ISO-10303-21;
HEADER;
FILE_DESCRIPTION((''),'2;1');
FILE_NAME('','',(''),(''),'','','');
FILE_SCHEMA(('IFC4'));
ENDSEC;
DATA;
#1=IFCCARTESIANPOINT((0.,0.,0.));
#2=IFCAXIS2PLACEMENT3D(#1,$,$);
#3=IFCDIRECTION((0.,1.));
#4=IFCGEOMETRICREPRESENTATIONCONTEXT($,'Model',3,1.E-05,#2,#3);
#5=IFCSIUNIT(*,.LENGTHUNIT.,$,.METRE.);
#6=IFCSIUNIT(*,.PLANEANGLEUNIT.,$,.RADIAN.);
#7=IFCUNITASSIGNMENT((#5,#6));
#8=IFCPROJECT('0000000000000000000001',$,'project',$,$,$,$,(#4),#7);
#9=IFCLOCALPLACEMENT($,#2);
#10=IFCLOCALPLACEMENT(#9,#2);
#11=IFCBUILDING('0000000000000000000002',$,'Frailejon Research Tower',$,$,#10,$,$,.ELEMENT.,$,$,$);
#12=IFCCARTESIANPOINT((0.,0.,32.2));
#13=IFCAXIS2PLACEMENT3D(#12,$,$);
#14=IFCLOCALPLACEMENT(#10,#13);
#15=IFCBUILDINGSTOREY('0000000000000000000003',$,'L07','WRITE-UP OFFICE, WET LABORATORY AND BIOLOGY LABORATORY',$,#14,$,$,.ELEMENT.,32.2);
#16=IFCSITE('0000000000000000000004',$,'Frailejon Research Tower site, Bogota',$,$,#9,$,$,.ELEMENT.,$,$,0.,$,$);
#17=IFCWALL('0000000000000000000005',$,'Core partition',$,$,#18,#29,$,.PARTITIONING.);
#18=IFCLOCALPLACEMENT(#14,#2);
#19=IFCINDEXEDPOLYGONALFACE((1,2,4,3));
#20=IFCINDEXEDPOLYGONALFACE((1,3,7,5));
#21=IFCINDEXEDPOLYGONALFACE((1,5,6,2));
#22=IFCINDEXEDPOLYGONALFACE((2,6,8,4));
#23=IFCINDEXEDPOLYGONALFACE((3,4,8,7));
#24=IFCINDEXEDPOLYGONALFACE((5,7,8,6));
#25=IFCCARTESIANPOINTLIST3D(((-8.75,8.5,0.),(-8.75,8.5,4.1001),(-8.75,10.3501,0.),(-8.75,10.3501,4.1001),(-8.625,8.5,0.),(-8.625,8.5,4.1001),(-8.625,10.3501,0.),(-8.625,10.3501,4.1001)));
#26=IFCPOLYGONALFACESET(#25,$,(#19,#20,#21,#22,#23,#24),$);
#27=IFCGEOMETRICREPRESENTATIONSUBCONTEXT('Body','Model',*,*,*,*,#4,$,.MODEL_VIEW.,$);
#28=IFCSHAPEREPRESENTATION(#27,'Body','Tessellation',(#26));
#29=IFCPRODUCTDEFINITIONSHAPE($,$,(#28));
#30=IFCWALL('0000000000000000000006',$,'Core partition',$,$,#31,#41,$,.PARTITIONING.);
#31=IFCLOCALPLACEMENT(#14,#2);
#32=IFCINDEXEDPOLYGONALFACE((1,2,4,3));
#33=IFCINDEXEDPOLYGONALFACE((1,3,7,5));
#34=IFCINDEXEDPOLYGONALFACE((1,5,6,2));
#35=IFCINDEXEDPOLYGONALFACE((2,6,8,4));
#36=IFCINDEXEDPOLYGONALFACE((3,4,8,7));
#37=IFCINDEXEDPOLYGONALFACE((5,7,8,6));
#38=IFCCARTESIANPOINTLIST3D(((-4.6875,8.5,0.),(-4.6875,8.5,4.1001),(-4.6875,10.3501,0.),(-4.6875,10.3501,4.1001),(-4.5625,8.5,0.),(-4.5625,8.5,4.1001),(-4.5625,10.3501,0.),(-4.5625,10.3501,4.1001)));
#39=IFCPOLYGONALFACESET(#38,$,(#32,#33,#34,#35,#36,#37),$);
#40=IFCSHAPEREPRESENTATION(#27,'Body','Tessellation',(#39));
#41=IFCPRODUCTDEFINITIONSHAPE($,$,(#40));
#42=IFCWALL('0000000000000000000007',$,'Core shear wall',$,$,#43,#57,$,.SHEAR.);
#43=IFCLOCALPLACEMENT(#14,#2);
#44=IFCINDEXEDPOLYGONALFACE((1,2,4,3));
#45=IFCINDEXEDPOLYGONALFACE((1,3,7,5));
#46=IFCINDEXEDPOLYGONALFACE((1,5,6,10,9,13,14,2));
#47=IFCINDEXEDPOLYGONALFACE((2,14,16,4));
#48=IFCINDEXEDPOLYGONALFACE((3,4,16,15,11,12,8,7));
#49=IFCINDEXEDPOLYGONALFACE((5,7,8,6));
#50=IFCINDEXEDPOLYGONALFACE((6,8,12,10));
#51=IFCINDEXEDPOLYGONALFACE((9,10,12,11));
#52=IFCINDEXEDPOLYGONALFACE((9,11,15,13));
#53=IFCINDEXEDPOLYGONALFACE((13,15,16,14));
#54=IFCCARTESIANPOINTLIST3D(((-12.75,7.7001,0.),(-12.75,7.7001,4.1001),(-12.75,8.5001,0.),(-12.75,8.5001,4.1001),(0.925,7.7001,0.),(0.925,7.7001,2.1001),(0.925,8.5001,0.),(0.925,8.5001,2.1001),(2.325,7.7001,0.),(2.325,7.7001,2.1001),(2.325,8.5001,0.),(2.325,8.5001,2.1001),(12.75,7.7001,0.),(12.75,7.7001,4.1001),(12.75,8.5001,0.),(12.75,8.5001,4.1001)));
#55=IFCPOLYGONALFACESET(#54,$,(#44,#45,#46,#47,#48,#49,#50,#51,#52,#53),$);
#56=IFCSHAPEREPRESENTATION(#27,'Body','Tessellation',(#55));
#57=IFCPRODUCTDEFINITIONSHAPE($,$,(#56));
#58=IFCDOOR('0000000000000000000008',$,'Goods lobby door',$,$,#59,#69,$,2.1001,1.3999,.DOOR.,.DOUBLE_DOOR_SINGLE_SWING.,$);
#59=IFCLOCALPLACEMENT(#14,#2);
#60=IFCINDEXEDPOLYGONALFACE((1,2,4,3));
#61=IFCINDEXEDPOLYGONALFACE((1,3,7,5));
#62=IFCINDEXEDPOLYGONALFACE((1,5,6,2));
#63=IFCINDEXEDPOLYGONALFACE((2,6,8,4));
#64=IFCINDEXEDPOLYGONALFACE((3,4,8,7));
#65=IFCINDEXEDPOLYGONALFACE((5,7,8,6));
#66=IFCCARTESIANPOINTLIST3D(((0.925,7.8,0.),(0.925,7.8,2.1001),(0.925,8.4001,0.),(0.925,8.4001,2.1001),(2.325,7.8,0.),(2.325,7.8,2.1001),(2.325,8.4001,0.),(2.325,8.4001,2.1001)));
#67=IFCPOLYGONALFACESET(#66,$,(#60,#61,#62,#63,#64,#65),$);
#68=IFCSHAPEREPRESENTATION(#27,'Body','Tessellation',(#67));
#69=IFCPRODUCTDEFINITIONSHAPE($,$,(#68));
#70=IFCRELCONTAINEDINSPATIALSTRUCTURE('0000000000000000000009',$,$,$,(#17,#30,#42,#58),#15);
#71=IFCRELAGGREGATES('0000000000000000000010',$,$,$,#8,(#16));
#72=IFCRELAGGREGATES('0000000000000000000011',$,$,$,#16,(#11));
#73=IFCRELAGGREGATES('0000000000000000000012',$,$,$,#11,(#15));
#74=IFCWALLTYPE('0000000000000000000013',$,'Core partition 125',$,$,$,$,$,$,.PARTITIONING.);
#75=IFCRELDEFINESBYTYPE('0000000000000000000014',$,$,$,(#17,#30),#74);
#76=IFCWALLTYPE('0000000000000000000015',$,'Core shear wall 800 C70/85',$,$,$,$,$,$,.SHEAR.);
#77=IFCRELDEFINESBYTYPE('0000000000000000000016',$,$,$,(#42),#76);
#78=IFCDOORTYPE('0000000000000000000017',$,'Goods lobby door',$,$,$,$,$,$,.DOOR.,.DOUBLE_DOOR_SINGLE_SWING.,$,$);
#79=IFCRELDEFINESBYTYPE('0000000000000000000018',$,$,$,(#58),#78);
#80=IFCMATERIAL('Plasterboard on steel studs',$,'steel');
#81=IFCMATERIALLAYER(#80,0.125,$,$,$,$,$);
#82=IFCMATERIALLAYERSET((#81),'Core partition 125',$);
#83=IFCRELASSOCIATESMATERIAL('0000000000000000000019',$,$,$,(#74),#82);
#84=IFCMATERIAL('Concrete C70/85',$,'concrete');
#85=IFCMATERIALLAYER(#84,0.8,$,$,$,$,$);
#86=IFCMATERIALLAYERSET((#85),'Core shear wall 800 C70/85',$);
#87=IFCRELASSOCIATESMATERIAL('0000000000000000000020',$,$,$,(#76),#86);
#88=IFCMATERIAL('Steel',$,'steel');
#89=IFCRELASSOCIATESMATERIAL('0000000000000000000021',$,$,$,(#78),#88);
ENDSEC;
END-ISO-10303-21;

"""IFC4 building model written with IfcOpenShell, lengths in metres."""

from ifc_helpers import new_model, si_unit, direction, frame, frame_2d, origin, place, context, subcontext, project, spatial, rectangle, extrude, material, layer, layer_set, type_object, element, fill, save


model = new_model("IFC4")

# Units and contexts
model_context = context("Model", 3, precision=1e-05, world=origin(), true_north=direction((0.0, 1.0)))
body_context = subcontext(model_context, "Body", "Model", "MODEL_VIEW")
ifc_project = project(units=[si_unit("LENGTHUNIT", "METRE"), si_unit("PLANEANGLEUNIT", "RADIAN")], contexts=[model_context])

# Site, building, storey
site_placement = place(None, origin())
site = spatial("IfcSite", under=ifc_project, at=site_placement, Name="Frailejon Research Tower site, Bogota", CompositionType="ELEMENT", RefElevation=0.0)
building_placement = place(site_placement, origin())
building = spatial("IfcBuilding", under=site, at=building_placement, Name="Frailejon Research Tower", CompositionType="ELEMENT")
storey_placement = place(building_placement, frame((0.0, 0.0, 32.2)))
storey = spatial("IfcBuildingStorey", under=building, at=storey_placement, Name="L07", Description="WRITE-UP OFFICE, WET LABORATORY AND BIOLOGY LABORATORY", CompositionType="ELEMENT", Elevation=32.2)

# Walls
ifc_material_1 = material(Name="Plasterboard on steel studs", Category="steel")
ifc_layer_1 = layer(ifc_material_1, 0.125)
ifc_layer_set_1 = layer_set([ifc_layer_1], Name="Core partition 125")
wall_type_1 = type_object("IfcWallType", Name="Core partition 125", PredefinedType="PARTITIONING", material=ifc_layer_set_1)
for number, where, z_axis, x_axis, name in (
    (1, (-8.6875, 8.5, 0.0), (0.0, 0.0, 1.0), (0.0, 1.0, 0.0), "Core partition"),
    (2, (-4.625, 8.5, 0.0), (0.0, 0.0, 1.0), (0.0, 1.0, 0.0), "Core partition"),
):
    element("IfcWall", number, at=place(storey_placement, frame(where, z_axis=z_axis, x_axis=x_axis)), inside=storey, type_object=wall_type_1, Name=name, PredefinedType="PARTITIONING", context=body_context, shape_type="SweptSolid", body=[
        extrude(rectangle(XDim=1.8501, YDim=0.125, at=frame_2d((0.925, 0.0))), origin(), (0.0, 0.0, 1.0), 4.1001),
    ])

# Wall, opening, door
ifc_material_2 = material(Name="Concrete C70/85", Category="concrete")
ifc_layer_2 = layer(ifc_material_2, 0.8)
ifc_layer_set_2 = layer_set([ifc_layer_2], Name="Core shear wall 800 C70/85")
wall_type_2 = type_object("IfcWallType", Name="Core shear wall 800 C70/85", PredefinedType="SHEAR", material=ifc_layer_set_2)
wall_1_placement = place(storey_placement, frame((-12.75, 8.1001, 0.0), z_axis=(0.0, 0.0, 1.0), x_axis=(1.0, 0.0, 0.0)))
wall_1 = element("IfcWall", 3, at=wall_1_placement, inside=storey, type_object=wall_type_2, Name="Core shear wall", PredefinedType="SHEAR", context=body_context, shape_type="SweptSolid", body=[
    extrude(rectangle(XDim=25.5, YDim=0.8, at=frame_2d((12.75, 0.0))), origin(), (0.0, 0.0, 1.0), 4.1001),
])
opening_1_placement = place(wall_1_placement, frame((13.675, 0.0, 0.0)))
opening_1 = element("IfcOpeningElement", 4, at=opening_1_placement, cuts=wall_1, PredefinedType="OPENING", context=body_context, shape_type="SweptSolid", body=[
    extrude(rectangle(XDim=1.3999, YDim=2.1001, at=frame_2d((0.7, 1.05))), frame((0.0, 0.4099, 0.0), z_axis=(0.0, -1.0, 0.0), x_axis=(1.0, 0.0, 0.0)), (0.0, 0.0, 1.0), 0.8201),
])
ifc_material_3 = material(Name="Steel", Category="steel")
door_type_1 = type_object("IfcDoorType", Name="Goods lobby door", OperationType="DOUBLE_DOOR_SINGLE_SWING", PredefinedType="DOOR", material=ifc_material_3)
door_1_placement = place(opening_1_placement, origin())
door_1 = element("IfcDoor", 5, at=door_1_placement, inside=storey, type_object=door_type_1, Name="Goods lobby door", OperationType="DOUBLE_DOOR_SINGLE_SWING", OverallHeight=2.1001, OverallWidth=1.3999, PredefinedType="DOOR", context=body_context, shape_type="SweptSolid", body=[
    extrude(rectangle(XDim=1.3999, YDim=2.1001, at=frame_2d((0.7, 1.05))), frame((0.0, 0.3, 0.0), z_axis=(0.0, -1.0, 0.0), x_axis=(1.0, 0.0, 0.0)), (0.0, 0.0, 1.0), 0.6001),
])
fill(opening_1, door_1)

save(model, "model.ifc")
